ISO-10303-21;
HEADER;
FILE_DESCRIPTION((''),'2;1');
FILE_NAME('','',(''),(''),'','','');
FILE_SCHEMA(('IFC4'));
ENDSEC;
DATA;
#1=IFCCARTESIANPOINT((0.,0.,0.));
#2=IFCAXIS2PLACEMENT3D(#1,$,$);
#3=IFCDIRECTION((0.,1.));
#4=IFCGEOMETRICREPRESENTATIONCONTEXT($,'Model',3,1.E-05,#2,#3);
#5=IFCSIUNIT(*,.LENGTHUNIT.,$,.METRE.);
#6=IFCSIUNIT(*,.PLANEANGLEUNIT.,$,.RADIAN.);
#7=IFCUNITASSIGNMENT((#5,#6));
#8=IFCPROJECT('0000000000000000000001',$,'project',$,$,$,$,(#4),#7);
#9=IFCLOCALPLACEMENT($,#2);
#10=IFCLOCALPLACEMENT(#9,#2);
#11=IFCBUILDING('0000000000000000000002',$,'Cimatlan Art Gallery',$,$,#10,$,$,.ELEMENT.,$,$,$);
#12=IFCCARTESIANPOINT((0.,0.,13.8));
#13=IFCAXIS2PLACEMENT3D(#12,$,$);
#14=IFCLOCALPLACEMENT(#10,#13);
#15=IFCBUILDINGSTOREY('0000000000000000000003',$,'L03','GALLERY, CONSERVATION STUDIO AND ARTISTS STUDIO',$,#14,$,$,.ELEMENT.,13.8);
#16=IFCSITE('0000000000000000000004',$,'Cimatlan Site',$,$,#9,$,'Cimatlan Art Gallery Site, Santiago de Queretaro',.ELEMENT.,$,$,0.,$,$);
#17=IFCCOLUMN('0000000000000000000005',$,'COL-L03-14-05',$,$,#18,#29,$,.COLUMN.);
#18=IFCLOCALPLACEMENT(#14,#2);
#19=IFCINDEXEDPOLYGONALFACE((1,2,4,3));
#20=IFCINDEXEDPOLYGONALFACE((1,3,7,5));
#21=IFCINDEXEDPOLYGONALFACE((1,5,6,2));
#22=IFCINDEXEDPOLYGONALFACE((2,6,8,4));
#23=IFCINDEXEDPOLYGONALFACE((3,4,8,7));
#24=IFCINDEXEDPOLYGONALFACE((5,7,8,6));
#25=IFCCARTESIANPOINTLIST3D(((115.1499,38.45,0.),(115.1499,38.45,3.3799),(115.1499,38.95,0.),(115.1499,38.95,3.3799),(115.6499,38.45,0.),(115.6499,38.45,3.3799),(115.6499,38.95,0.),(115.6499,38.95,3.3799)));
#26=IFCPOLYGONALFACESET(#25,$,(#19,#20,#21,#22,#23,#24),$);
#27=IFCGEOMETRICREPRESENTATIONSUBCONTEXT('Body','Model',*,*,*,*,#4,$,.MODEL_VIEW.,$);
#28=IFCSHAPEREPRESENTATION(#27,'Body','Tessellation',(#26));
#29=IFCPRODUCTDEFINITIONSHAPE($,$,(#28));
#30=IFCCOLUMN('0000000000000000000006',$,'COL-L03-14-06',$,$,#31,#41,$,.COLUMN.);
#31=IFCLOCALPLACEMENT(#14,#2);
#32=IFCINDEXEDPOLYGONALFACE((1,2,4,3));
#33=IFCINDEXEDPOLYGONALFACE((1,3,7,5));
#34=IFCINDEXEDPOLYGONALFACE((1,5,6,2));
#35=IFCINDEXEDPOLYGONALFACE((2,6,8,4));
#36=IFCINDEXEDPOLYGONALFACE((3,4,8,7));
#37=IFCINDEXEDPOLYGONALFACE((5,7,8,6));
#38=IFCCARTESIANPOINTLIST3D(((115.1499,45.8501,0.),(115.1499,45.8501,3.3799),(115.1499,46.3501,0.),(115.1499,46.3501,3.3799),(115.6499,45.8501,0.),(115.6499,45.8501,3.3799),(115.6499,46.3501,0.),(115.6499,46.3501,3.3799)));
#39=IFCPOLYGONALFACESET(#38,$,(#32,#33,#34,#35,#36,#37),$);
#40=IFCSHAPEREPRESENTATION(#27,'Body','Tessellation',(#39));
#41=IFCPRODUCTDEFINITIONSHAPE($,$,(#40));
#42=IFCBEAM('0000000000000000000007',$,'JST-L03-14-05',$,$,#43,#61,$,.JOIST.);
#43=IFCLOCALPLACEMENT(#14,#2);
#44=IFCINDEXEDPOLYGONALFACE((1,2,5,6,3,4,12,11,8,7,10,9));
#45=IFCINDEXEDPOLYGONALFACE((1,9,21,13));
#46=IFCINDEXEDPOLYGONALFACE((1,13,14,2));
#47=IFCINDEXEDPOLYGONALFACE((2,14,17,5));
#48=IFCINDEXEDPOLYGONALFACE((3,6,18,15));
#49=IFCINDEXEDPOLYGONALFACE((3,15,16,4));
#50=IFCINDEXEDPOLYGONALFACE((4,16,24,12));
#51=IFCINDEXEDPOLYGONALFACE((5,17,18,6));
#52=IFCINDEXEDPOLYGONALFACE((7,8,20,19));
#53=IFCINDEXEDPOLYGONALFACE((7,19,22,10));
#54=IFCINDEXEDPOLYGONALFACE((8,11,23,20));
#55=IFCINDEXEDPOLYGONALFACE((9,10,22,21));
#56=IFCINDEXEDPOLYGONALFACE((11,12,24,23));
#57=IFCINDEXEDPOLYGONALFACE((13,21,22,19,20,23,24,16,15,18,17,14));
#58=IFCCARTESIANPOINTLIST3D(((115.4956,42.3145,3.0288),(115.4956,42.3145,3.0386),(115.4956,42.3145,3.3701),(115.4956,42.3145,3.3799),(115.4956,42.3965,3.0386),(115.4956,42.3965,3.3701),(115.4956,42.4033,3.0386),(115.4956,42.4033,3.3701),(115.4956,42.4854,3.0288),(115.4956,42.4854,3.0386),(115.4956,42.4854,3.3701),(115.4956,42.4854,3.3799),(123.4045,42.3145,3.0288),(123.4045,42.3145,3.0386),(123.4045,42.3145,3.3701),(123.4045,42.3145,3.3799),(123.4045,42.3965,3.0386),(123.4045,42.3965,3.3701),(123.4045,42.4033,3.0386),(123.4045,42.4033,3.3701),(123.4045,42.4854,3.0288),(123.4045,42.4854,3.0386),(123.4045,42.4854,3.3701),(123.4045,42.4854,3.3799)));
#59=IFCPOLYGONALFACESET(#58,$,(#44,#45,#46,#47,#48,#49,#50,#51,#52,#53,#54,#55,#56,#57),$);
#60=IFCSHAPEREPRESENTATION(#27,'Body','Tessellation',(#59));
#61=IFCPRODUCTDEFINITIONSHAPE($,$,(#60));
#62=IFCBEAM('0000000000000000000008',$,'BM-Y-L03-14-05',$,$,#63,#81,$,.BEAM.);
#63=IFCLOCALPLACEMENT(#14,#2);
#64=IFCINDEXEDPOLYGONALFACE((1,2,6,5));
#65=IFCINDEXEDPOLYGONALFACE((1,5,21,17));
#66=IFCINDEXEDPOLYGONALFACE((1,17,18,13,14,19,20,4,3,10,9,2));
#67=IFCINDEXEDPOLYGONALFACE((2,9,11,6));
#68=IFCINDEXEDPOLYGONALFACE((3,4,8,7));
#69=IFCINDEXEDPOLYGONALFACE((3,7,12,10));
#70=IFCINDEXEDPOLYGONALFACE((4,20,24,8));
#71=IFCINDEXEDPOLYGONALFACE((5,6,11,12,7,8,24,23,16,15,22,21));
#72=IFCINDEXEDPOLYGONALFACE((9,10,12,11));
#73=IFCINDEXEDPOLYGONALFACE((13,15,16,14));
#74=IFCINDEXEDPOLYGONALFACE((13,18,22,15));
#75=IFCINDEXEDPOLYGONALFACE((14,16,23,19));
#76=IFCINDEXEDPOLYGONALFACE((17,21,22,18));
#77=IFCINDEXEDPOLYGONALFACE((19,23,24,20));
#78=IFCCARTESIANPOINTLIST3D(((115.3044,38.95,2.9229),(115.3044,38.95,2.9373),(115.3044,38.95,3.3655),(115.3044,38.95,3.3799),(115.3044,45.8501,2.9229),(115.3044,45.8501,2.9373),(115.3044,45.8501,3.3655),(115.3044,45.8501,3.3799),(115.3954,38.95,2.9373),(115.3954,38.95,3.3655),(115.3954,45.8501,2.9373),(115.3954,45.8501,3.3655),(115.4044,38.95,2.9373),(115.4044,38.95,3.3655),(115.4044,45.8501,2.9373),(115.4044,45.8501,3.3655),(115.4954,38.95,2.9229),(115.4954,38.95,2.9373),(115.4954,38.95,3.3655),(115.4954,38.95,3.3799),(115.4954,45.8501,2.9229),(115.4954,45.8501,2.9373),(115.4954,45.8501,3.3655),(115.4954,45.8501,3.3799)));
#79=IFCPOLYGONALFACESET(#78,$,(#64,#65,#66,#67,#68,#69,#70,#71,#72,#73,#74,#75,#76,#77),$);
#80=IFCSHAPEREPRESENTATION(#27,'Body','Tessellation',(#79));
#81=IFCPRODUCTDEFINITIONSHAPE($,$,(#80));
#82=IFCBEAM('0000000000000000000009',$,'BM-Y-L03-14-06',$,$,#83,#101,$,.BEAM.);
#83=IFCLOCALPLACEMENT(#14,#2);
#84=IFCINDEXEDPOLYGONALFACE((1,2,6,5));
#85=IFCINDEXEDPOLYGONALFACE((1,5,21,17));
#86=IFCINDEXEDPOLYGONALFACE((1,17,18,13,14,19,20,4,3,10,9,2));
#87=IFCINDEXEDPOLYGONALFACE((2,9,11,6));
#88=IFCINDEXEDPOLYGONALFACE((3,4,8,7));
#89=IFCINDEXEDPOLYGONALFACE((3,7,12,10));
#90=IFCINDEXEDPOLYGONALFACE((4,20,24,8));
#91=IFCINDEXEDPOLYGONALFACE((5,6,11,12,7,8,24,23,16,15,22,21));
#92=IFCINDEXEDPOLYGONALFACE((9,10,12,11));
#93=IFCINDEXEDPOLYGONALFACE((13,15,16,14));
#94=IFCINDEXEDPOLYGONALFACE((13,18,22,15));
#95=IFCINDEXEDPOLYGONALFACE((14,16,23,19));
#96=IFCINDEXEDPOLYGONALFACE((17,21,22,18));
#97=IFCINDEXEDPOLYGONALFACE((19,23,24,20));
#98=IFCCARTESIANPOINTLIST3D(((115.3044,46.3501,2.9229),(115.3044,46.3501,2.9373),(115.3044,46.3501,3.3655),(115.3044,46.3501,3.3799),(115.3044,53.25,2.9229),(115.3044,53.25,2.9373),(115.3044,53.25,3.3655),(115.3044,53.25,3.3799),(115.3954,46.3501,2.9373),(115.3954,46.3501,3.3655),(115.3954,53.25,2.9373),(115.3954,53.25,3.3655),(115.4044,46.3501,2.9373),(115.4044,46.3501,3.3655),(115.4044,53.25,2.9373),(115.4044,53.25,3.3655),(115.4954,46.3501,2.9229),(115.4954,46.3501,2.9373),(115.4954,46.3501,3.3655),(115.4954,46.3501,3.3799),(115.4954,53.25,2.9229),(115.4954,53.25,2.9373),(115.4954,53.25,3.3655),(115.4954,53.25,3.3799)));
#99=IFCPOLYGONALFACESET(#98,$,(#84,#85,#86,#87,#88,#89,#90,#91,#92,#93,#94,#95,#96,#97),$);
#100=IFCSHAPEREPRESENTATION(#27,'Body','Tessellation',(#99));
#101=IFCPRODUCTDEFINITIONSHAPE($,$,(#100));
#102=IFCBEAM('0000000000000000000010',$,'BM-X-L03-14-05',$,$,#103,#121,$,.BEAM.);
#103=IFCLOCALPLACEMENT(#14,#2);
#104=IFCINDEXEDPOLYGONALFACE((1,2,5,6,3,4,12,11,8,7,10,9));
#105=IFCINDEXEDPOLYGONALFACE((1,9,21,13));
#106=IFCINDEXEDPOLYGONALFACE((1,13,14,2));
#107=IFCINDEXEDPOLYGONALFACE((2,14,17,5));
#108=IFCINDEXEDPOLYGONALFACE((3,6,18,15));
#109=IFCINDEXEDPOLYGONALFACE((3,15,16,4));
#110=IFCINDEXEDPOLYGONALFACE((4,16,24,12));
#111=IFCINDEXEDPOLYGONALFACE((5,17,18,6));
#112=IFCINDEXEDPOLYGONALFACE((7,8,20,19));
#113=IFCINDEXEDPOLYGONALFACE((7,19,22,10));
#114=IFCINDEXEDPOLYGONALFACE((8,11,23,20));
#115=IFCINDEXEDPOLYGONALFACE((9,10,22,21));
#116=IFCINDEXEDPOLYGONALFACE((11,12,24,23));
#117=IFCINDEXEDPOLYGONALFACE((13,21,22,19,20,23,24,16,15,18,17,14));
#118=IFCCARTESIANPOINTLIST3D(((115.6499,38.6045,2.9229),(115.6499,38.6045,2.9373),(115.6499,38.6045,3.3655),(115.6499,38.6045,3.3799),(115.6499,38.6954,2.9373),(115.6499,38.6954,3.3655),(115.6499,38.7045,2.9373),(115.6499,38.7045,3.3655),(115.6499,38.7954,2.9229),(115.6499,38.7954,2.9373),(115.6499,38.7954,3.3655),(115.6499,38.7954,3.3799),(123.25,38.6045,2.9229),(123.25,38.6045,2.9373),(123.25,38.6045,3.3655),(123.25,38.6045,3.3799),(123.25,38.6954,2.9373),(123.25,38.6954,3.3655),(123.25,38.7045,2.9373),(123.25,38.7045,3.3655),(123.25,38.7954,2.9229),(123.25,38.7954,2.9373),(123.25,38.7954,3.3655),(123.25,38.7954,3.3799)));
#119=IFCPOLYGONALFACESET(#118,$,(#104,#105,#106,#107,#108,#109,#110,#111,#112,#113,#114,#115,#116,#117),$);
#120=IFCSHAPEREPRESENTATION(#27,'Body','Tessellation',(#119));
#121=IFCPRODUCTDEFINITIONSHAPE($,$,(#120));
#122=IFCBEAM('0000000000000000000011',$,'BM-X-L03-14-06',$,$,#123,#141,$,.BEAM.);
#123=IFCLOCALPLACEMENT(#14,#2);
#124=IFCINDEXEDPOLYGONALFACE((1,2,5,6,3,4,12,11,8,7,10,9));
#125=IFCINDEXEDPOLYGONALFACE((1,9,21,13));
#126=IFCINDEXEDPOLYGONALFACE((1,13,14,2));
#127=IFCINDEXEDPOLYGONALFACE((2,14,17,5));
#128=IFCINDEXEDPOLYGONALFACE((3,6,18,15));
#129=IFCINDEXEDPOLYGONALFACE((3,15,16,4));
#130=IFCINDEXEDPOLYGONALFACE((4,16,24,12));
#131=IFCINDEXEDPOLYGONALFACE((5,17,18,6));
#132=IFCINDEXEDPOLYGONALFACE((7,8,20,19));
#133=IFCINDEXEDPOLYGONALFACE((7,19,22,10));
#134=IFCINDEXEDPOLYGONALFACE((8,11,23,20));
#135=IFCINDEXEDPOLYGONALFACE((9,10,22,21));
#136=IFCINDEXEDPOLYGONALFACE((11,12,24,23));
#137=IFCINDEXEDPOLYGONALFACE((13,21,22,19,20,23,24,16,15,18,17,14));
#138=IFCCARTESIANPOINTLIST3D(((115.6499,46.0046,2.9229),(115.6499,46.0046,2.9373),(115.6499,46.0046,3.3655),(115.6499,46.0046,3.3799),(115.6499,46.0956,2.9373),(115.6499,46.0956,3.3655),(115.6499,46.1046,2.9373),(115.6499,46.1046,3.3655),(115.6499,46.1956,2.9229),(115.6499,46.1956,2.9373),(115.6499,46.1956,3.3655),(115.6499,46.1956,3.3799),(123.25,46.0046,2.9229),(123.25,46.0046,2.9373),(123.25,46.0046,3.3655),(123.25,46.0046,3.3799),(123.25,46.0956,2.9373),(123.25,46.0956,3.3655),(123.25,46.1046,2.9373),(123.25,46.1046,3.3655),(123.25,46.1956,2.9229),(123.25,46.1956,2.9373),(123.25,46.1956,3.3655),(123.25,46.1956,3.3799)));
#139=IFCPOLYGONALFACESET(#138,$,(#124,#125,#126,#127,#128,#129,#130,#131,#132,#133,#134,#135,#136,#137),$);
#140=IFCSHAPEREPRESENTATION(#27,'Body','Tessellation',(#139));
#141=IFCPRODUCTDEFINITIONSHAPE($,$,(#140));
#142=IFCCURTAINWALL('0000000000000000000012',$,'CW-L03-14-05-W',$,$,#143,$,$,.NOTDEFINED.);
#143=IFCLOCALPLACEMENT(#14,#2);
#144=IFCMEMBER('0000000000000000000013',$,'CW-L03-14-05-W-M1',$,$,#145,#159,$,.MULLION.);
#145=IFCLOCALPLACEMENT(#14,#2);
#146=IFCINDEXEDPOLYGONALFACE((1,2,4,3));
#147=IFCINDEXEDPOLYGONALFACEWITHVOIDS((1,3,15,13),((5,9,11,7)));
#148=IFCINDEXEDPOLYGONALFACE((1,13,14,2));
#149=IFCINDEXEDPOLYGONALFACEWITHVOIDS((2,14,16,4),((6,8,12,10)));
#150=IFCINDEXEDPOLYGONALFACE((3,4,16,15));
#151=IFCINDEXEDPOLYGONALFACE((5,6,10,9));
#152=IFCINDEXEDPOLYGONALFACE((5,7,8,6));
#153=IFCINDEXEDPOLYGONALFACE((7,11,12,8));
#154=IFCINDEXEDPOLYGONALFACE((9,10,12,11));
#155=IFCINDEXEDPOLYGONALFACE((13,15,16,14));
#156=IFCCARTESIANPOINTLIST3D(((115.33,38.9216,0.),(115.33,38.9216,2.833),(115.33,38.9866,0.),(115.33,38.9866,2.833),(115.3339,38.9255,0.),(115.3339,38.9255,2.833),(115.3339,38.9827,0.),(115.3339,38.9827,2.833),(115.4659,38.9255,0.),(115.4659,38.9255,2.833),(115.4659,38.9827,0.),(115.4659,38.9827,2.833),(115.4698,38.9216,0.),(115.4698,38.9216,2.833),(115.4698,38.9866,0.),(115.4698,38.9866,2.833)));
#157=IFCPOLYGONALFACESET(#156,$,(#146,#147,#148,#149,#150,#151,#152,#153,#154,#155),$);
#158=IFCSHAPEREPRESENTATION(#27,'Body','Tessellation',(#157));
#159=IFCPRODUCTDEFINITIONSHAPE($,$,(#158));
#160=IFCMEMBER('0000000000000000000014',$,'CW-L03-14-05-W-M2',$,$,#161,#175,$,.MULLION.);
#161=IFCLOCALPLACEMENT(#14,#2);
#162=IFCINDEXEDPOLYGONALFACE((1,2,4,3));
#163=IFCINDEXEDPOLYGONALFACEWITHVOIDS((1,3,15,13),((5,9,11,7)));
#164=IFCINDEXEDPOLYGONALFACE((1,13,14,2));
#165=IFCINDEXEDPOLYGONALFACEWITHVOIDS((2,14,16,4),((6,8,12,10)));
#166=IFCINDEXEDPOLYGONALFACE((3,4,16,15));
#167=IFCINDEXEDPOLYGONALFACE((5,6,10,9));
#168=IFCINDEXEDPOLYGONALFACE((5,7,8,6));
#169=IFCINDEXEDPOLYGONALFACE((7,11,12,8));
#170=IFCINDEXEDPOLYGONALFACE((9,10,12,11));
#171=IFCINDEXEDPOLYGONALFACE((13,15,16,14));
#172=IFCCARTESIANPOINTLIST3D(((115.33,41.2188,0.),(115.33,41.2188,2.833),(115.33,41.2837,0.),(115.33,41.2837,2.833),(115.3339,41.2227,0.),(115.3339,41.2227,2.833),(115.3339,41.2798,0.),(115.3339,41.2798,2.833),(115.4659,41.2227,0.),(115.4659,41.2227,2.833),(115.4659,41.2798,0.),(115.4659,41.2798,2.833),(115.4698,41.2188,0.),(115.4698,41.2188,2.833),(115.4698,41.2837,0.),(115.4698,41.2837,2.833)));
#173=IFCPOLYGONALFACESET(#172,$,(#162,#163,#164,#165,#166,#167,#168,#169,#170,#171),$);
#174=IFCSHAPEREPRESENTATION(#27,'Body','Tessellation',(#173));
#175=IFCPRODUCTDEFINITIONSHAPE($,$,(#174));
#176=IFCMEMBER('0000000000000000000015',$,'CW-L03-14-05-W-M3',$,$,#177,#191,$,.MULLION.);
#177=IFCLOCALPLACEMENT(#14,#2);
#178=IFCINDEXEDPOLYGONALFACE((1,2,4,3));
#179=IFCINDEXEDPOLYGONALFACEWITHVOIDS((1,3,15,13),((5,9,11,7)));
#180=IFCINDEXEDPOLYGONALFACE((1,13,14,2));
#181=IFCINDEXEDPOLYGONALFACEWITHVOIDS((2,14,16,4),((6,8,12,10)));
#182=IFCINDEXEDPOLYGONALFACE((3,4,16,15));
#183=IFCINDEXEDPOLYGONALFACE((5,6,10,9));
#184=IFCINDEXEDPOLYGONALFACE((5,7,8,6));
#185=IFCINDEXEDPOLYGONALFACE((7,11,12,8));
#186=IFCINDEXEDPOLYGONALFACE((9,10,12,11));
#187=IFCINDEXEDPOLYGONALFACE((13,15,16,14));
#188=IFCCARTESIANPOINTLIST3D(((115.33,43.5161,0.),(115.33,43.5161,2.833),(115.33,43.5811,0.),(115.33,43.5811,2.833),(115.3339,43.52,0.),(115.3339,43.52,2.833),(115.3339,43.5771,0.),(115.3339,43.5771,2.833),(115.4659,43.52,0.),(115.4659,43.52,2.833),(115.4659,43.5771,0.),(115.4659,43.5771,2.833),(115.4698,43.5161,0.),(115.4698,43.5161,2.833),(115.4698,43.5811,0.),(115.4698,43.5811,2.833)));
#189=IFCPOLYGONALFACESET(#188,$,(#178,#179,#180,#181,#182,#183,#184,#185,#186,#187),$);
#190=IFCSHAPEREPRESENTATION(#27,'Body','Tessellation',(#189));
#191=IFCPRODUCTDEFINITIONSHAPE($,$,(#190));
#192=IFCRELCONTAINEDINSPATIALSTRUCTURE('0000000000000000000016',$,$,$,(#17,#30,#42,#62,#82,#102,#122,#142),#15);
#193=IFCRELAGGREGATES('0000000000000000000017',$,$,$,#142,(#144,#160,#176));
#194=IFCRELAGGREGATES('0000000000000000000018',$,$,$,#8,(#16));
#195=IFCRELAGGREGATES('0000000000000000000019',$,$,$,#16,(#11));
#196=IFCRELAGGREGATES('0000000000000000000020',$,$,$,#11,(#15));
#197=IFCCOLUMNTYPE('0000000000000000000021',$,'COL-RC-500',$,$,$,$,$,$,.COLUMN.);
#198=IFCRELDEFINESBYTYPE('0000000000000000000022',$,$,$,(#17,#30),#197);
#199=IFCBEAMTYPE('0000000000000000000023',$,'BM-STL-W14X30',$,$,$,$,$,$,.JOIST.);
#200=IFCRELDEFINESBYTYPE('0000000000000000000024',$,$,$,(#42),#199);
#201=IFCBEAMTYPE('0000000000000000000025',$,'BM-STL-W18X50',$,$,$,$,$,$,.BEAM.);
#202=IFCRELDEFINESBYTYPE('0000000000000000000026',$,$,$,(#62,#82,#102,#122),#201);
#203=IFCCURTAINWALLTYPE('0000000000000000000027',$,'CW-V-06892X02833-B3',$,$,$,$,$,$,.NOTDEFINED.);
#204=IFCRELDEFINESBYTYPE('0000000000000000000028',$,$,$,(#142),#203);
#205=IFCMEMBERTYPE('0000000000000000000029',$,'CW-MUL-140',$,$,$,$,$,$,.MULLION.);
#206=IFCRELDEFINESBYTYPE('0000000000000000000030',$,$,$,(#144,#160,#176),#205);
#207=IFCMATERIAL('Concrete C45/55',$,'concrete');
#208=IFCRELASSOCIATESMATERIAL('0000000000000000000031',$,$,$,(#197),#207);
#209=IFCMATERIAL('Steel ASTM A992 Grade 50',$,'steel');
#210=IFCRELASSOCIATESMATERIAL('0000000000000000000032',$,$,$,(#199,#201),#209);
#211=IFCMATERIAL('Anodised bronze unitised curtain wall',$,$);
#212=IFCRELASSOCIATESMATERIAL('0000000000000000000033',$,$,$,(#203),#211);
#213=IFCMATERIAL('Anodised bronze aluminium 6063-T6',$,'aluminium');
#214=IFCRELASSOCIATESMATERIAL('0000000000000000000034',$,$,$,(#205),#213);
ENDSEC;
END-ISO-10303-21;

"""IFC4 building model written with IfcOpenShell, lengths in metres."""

from ifc_helpers import new_model, si_unit, direction, frame, origin, origin_2d, place, context, subcontext, project, spatial, rectangle, hollow_rectangle, i_section, extrude, material, material_profile, profile_set, type_object, element, aggregate, save


model = new_model("IFC4")

# Units and contexts
model_context = context("Model", 3, precision=1e-05, world=origin(), true_north=direction((0.0, 1.0)))
body_context = subcontext(model_context, "Body", "Model", "MODEL_VIEW")
ifc_project = project(units=[si_unit("LENGTHUNIT", "METRE"), si_unit("PLANEANGLEUNIT", "RADIAN")], contexts=[model_context])

# Site, building, storey
site_placement = place(None, origin())
site = spatial("IfcSite", under=ifc_project, at=site_placement, Name="Cimatlan Site", LongName="Cimatlan Art Gallery Site, Santiago de Queretaro", CompositionType="ELEMENT", RefElevation=0.0)
building_placement = place(site_placement, origin())
building = spatial("IfcBuilding", under=site, at=building_placement, Name="Cimatlan Art Gallery", CompositionType="ELEMENT")
storey_placement = place(building_placement, frame((0.0, 0.0, 13.8)))
storey = spatial("IfcBuildingStorey", under=building, at=storey_placement, Name="L03", Description="GALLERY, CONSERVATION STUDIO AND ARTISTS STUDIO", CompositionType="ELEMENT", Elevation=13.8)

# Columns
ifc_material_1 = material(Name="Concrete C45/55", Category="concrete")
ifc_material_profile_1 = material_profile(ifc_material_1, rectangle(XDim=0.5, YDim=0.5, at=origin_2d()), Name="RC500X500")
ifc_profile_set_1 = profile_set([ifc_material_profile_1], Name="Concrete C45/55")
column_type = type_object("IfcColumnType", Name="COL-RC-500", PredefinedType="COLUMN", material=ifc_profile_set_1)
for number, where, z_axis, x_axis, name in (
    (1, (115.3999, 38.7, 0.0), (0.0, 0.0, 1.0), (1.0, 0.0, 0.0), "COL-L03-14-05"),
    (2, (115.3999, 46.1001, 0.0), (0.0, 0.0, 1.0), (1.0, 0.0, 0.0), "COL-L03-14-06"),
):
    element("IfcColumn", number, at=place(storey_placement, frame(where, z_axis=z_axis, x_axis=x_axis)), inside=storey, type_object=column_type, Name=name, PredefinedType="COLUMN", context=body_context, shape_type="SweptSolid", body=[
        extrude(rectangle(XDim=0.5, YDim=0.5, at=origin_2d()), origin(), (0.0, 0.0, 1.0), 3.3799),
    ])

# Beams
ifc_material_2 = material(Name="Steel ASTM A992 Grade 50", Category="steel")
ifc_material_profile_2 = material_profile(ifc_material_2, i_section(OverallWidth=0.1709, OverallDepth=0.3511, WebThickness=0.0068, FlangeThickness=0.0098, at=origin_2d()), Name="W14X30")
ifc_profile_set_2 = profile_set([ifc_material_profile_2], Name="Steel ASTM A992 Grade 50")
beam_type_1 = type_object("IfcBeamType", Name="BM-STL-W14X30", PredefinedType="JOIST", material=ifc_profile_set_2)
beam_1_placement = place(storey_placement, frame((115.4956, 42.3999, 3.2043), z_axis=(1.0, 0.0, 0.0), x_axis=(0.0, 1.0, 0.0)))
element("IfcBeam", 3, at=beam_1_placement, inside=storey, type_object=beam_type_1, Name="JST-L03-14-05", PredefinedType="JOIST", context=body_context, shape_type="SweptSolid", body=[
    extrude(i_section(OverallWidth=0.1709, OverallDepth=0.3511, WebThickness=0.0068, FlangeThickness=0.0098, at=origin_2d()), origin(), (0.0, 0.0, 1.0), 7.9089),
])
ifc_material_profile_3 = material_profile(ifc_material_2, i_section(OverallWidth=0.1909, OverallDepth=0.457, WebThickness=0.009, FlangeThickness=0.0144, at=origin_2d()), Name="W18X50")
ifc_profile_set_3 = profile_set([ifc_material_profile_3], Name="Steel ASTM A992 Grade 50")
beam_type_2 = type_object("IfcBeamType", Name="BM-STL-W18X50", PredefinedType="BEAM", material=ifc_profile_set_3)
beam_2_placement = place(storey_placement, frame((115.3999, 38.95, 3.1514), z_axis=(0.0, 1.0, 0.0), x_axis=(-1.0, 0.0, 0.0)))
element("IfcBeam", 4, at=beam_2_placement, inside=storey, type_object=beam_type_2, Name="BM-Y-L03-14-05", PredefinedType="BEAM", context=body_context, shape_type="SweptSolid", body=[
    extrude(i_section(OverallWidth=0.1909, OverallDepth=0.457, WebThickness=0.009, FlangeThickness=0.0144, at=origin_2d()), origin(), (0.0, 0.0, 1.0), 6.9001),
])
beam_3_placement = place(storey_placement, frame((115.3999, 46.3501, 3.1514), z_axis=(0.0, 1.0, 0.0), x_axis=(-1.0, 0.0, 0.0)))
element("IfcBeam", 5, at=beam_3_placement, inside=storey, type_object=beam_type_2, Name="BM-Y-L03-14-06", PredefinedType="BEAM", context=body_context, shape_type="SweptSolid", body=[
    extrude(i_section(OverallWidth=0.1909, OverallDepth=0.457, WebThickness=0.009, FlangeThickness=0.0144, at=origin_2d()), origin(), (0.0, 0.0, 1.0), 6.8999),
])
for number, where, z_axis, x_axis, name in (
    (6, (115.6499, 38.7, 3.1514), (1.0, 0.0, 0.0), (0.0, 1.0, 0.0), "BM-X-L03-14-05"),
    (7, (115.6499, 46.1001, 3.1514), (1.0, 0.0, 0.0), (0.0, 1.0, 0.0), "BM-X-L03-14-06"),
):
    element("IfcBeam", number, at=place(storey_placement, frame(where, z_axis=z_axis, x_axis=x_axis)), inside=storey, type_object=beam_type_2, Name=name, PredefinedType="BEAM", context=body_context, shape_type="SweptSolid", body=[
        extrude(i_section(OverallWidth=0.1909, OverallDepth=0.457, WebThickness=0.009, FlangeThickness=0.0144, at=origin_2d()), origin(), (0.0, 0.0, 1.0), 7.6001),
    ])

# Curtain wall, members
ifc_material_3 = material(Name="Anodised bronze unitised curtain wall")
curtain_wall_type = type_object("IfcCurtainWallType", Name="CW-V-06892X02833-B3", PredefinedType="NOTDEFINED", material=ifc_material_3)
curtain_wall_placement = place(storey_placement, origin())
curtain_wall = element("IfcCurtainWall", 8, at=curtain_wall_placement, inside=storey, type_object=curtain_wall_type, Name="CW-L03-14-05-W", PredefinedType="NOTDEFINED")
ifc_material_4 = material(Name="Anodised bronze aluminium 6063-T6", Category="aluminium")
ifc_material_profile_4 = material_profile(ifc_material_4, hollow_rectangle(XDim=0.0649, YDim=0.1399, WallThickness=0.0039, at=origin_2d()), Name="ALU65X140X4")
ifc_profile_set_4 = profile_set([ifc_material_profile_4], Name="Anodised bronze aluminium 6063-T6")
member_type_1 = type_object("IfcMemberType", Name="CW-MUL-140", PredefinedType="MULLION", material=ifc_profile_set_4)
member_1_placement = place(storey_placement, frame((115.3999, 38.9541, 0.0), z_axis=(0.0, 0.0, 1.0), x_axis=(0.0, 1.0, 0.0)))
member_1 = element("IfcMember", 9, at=member_1_placement, type_object=member_type_1, Name="CW-L03-14-05-W-M1", PredefinedType="MULLION", context=body_context, shape_type="SweptSolid", body=[
    extrude(hollow_rectangle(XDim=0.0649, YDim=0.1399, WallThickness=0.0039, at=origin_2d()), origin(), (0.0, 0.0, 1.0), 2.833),
])
member_2_placement = place(storey_placement, frame((115.3999, 41.2512, 0.0), z_axis=(0.0, 0.0, 1.0), x_axis=(0.0, 1.0, 0.0)))
member_2 = element("IfcMember", 10, at=member_2_placement, type_object=member_type_1, Name="CW-L03-14-05-W-M2", PredefinedType="MULLION", context=body_context, shape_type="SweptSolid", body=[
    extrude(hollow_rectangle(XDim=0.0649, YDim=0.1399, WallThickness=0.0039, at=origin_2d()), origin(), (0.0, 0.0, 1.0), 2.833),
])
member_3_placement = place(storey_placement, frame((115.3999, 43.5486, 0.0), z_axis=(0.0, 0.0, 1.0), x_axis=(0.0, 1.0, 0.0)))
member_3 = element("IfcMember", 11, at=member_3_placement, type_object=member_type_1, Name="CW-L03-14-05-W-M3", PredefinedType="MULLION", context=body_context, shape_type="SweptSolid", body=[
    extrude(hollow_rectangle(XDim=0.0649, YDim=0.1399, WallThickness=0.0039, at=origin_2d()), origin(), (0.0, 0.0, 1.0), 2.833),
])
aggregate(curtain_wall, [member_1, member_2, member_3])

save(model, "model.ifc")
